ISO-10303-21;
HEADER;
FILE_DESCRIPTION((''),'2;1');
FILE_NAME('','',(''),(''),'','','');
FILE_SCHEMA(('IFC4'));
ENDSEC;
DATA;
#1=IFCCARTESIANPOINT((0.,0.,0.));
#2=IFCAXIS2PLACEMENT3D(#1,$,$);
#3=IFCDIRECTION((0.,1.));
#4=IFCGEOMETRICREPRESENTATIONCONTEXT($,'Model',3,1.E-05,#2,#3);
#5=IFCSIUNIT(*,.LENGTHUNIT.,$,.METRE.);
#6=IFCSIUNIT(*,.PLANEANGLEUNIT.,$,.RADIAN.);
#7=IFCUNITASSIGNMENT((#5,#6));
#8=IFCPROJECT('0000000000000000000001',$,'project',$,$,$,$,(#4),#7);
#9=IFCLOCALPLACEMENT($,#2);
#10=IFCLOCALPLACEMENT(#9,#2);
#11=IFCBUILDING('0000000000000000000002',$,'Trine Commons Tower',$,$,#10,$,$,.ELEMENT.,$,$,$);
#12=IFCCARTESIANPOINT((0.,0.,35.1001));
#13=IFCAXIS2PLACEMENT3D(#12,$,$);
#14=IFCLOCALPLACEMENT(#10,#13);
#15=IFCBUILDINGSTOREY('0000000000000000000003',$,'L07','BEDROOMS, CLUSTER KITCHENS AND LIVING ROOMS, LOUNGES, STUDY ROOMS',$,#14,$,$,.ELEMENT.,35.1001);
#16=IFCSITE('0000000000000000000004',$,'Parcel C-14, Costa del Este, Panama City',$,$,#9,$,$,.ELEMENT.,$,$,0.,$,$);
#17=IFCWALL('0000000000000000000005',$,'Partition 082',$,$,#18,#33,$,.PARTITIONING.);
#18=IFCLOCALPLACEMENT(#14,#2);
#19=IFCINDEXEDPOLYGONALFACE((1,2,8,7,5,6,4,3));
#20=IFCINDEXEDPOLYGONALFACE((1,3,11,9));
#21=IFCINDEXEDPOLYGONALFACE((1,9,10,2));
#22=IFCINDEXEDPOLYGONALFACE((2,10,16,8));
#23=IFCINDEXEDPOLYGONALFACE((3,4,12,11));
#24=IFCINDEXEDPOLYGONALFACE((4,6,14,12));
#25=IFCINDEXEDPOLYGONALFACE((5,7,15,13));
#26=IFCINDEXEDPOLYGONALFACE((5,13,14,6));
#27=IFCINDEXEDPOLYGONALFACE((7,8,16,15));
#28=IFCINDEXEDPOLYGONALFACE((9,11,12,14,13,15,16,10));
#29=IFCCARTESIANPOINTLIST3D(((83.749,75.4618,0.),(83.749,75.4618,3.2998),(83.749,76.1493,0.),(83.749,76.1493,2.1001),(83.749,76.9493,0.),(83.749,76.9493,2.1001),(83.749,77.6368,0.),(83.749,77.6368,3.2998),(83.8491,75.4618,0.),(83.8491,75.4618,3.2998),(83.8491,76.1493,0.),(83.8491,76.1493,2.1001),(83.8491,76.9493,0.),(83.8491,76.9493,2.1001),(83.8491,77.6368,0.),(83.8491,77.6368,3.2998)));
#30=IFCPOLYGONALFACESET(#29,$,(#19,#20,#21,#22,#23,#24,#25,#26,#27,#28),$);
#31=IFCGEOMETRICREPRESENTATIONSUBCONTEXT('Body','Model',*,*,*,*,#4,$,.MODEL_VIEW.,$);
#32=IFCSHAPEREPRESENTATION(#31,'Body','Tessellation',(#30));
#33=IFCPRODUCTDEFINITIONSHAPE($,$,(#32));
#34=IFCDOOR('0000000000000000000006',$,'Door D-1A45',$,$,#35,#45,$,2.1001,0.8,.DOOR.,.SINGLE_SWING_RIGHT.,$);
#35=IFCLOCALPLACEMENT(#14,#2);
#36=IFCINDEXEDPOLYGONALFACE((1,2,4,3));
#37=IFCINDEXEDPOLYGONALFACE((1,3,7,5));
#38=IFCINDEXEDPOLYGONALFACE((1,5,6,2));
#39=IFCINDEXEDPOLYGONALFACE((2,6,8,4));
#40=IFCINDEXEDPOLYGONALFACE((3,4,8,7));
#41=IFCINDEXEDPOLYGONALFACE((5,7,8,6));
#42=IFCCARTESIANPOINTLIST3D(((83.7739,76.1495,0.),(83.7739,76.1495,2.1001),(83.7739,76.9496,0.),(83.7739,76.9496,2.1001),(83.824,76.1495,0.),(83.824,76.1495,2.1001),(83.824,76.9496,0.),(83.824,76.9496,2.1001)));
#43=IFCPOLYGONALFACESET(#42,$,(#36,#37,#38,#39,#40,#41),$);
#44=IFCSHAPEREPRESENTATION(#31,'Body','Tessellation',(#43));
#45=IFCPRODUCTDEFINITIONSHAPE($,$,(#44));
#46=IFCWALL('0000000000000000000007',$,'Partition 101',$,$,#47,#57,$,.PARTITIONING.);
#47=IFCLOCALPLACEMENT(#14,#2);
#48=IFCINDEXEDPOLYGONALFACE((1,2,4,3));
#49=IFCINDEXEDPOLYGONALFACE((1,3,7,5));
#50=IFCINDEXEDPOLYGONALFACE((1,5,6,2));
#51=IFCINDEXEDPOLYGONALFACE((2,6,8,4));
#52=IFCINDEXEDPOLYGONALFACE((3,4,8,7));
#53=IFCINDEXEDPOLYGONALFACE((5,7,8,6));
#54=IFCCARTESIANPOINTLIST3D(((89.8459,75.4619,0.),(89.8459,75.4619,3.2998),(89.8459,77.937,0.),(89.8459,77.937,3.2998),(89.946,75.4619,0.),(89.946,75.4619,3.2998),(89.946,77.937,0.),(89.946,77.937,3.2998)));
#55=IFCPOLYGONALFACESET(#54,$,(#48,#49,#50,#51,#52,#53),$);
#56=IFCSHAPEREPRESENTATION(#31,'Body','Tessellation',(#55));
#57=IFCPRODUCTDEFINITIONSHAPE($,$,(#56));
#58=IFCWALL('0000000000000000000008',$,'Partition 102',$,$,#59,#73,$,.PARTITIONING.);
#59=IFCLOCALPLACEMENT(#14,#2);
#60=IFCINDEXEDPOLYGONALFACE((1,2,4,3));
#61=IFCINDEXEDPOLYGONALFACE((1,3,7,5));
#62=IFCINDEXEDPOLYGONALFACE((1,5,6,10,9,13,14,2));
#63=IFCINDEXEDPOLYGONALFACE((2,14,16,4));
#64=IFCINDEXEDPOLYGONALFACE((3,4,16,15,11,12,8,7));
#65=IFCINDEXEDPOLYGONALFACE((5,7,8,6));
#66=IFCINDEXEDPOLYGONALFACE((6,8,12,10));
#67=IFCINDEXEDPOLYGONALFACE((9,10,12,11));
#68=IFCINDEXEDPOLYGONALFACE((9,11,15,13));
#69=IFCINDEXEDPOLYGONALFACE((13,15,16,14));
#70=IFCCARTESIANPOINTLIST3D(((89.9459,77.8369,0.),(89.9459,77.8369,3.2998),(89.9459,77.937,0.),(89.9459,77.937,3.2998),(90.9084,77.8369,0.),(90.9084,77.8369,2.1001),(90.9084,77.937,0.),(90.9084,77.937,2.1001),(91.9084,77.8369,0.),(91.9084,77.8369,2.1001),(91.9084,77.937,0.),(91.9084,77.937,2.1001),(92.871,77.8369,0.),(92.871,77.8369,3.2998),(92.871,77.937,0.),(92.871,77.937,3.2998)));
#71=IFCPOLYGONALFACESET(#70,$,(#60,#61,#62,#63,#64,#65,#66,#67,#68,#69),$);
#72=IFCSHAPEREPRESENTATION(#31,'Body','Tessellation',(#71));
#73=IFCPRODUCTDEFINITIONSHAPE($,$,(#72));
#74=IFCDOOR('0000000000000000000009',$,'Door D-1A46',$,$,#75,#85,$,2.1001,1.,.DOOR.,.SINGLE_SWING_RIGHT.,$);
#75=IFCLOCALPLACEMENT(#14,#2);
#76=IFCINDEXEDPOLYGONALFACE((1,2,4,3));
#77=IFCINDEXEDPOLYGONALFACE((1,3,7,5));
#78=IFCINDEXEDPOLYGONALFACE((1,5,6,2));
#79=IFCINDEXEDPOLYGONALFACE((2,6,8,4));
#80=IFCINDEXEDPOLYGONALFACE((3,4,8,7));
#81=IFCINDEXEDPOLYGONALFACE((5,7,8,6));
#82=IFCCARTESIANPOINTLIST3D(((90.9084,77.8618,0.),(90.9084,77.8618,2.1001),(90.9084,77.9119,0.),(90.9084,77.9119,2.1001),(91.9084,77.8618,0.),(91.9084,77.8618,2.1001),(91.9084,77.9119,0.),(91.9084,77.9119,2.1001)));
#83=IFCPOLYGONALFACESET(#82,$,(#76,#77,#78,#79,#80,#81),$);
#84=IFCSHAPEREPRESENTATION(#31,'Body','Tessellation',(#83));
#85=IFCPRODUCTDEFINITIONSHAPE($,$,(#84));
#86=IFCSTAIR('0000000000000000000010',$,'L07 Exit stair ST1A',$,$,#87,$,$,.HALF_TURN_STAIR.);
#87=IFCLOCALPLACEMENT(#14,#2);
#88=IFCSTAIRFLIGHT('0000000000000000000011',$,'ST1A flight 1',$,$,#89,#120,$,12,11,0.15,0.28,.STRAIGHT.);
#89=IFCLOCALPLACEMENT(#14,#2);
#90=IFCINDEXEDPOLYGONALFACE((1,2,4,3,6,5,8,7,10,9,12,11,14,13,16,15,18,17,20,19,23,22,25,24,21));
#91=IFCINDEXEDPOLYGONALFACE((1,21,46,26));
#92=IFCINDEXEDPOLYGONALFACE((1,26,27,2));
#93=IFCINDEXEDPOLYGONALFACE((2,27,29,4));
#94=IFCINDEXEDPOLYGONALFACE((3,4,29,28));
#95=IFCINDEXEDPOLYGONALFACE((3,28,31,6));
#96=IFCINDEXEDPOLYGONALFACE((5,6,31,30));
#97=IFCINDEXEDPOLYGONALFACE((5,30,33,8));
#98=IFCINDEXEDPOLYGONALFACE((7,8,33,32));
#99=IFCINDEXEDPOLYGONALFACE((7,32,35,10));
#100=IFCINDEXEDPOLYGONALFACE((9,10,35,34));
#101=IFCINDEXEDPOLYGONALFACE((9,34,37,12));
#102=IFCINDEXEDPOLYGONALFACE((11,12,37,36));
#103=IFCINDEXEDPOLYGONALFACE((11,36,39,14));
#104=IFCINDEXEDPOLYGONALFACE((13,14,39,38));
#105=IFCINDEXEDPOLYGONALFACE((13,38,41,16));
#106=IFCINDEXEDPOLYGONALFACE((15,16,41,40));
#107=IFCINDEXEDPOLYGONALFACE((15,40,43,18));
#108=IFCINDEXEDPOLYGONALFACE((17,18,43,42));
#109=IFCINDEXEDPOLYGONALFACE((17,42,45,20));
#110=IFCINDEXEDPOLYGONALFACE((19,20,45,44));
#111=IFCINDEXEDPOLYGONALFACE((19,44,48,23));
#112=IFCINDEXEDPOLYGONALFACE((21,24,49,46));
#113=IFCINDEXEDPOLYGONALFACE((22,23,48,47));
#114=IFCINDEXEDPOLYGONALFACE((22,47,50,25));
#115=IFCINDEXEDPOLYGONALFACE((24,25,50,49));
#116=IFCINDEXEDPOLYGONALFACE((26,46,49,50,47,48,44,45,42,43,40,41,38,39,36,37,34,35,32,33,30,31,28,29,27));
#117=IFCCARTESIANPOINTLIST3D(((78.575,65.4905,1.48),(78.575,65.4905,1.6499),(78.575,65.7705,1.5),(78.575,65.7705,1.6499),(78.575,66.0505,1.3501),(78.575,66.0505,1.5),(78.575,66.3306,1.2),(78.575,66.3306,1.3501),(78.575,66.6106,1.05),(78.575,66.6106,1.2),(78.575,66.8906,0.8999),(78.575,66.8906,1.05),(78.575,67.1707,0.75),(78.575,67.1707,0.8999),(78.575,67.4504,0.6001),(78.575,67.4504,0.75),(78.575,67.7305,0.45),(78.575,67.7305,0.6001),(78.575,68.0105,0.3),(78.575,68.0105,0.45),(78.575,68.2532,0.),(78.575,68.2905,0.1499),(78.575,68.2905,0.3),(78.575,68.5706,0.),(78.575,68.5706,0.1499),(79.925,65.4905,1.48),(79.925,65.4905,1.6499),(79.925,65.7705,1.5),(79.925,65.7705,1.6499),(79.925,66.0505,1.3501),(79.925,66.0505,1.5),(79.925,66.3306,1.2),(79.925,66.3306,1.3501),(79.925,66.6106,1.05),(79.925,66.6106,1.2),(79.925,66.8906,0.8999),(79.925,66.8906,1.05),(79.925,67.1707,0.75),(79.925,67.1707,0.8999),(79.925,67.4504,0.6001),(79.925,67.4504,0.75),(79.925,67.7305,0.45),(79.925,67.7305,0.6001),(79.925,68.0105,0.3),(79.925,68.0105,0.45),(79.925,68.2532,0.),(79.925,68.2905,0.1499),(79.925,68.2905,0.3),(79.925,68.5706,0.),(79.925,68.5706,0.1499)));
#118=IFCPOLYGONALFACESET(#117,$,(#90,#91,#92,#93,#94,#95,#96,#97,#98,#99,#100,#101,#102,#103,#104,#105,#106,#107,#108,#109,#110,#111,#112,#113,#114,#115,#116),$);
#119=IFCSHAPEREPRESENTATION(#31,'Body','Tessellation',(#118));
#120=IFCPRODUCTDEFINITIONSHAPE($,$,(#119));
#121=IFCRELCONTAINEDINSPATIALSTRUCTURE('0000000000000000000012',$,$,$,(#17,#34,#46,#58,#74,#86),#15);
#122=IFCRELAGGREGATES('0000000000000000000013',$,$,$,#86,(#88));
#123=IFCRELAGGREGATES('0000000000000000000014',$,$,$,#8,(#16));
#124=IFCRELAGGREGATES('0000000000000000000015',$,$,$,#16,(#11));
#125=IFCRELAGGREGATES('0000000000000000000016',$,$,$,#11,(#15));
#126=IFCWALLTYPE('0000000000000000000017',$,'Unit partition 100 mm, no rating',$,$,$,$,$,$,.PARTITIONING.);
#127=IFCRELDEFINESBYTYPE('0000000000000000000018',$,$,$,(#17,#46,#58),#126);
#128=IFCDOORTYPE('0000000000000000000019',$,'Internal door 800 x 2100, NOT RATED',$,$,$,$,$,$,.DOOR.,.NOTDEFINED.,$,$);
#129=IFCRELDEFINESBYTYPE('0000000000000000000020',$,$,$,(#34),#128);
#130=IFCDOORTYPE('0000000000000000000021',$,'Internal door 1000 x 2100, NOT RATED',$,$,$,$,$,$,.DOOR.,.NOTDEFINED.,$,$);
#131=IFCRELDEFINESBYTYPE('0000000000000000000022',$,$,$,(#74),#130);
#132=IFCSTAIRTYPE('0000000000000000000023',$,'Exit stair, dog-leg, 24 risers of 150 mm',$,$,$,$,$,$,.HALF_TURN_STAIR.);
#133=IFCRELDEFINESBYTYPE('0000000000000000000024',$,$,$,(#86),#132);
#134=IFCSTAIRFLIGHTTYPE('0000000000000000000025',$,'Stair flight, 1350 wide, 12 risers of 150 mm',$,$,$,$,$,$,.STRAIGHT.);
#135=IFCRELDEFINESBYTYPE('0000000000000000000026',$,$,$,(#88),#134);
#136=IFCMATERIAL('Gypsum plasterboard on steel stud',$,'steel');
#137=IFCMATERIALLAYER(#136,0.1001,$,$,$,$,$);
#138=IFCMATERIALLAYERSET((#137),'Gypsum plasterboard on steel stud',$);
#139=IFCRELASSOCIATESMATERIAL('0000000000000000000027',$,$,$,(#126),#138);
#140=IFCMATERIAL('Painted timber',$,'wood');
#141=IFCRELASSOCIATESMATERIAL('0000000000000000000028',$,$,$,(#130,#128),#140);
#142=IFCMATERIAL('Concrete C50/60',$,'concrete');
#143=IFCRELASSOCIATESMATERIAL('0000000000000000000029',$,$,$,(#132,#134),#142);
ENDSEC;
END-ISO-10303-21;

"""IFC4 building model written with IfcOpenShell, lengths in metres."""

from ifc_helpers import new_model, si_unit, direction, frame, frame_2d, origin, place, context, subcontext, project, spatial, polyline, rectangle, outline, extrude, material, layer, layer_set, type_object, element, fill, aggregate, save


model = new_model("IFC4")

# Units and contexts
model_context = context("Model", 3, precision=1e-05, world=origin(), true_north=direction((0.0, 1.0)))
body_context = subcontext(model_context, "Body", "Model", "MODEL_VIEW")
ifc_project = project(units=[si_unit("LENGTHUNIT", "METRE"), si_unit("PLANEANGLEUNIT", "RADIAN")], contexts=[model_context])

# Site, building, storey
site_placement = place(None, origin())
site = spatial("IfcSite", under=ifc_project, at=site_placement, Name="Parcel C-14, Costa del Este, Panama City", CompositionType="ELEMENT", RefElevation=0.0)
building_placement = place(site_placement, origin())
building = spatial("IfcBuilding", under=site, at=building_placement, Name="Trine Commons Tower", CompositionType="ELEMENT")
storey_placement = place(building_placement, frame((0.0, 0.0, 35.1001)))
storey = spatial("IfcBuildingStorey", under=building, at=storey_placement, Name="L07", Description="BEDROOMS, CLUSTER KITCHENS AND LIVING ROOMS, LOUNGES, STUDY ROOMS", CompositionType="ELEMENT", Elevation=35.1001)

# Shared definitions
ifc_material_1 = material(Name="Concrete C50/60", Category="concrete")

# Shared definitions
ifc_material_2 = material(Name="Gypsum plasterboard on steel stud", Category="steel")

# Shared definitions
ifc_material_3 = material(Name="Painted timber", Category="wood")

# Shared definitions
ifc_layer_1 = layer(ifc_material_2, 0.1001)
ifc_layer_set_1 = layer_set([ifc_layer_1], Name="Gypsum plasterboard on steel stud")
wall_type_1 = type_object("IfcWallType", Name="Unit partition 100 mm, no rating", PredefinedType="PARTITIONING", material=ifc_layer_set_1)
door_type_1 = type_object("IfcDoorType", Name="Internal door 1000 x 2100, NOT RATED", OperationType="NOTDEFINED", PredefinedType="DOOR", material=ifc_material_3)

# Wall, opening, door
wall_1_placement = place(storey_placement, frame((83.7991, 75.4619, 0.0), z_axis=(0.0, 0.0, 1.0), x_axis=(0.0, 1.0, 0.0)))
wall_1 = element("IfcWall", 1, at=wall_1_placement, inside=storey, type_object=wall_type_1, Name="Partition 082", PredefinedType="PARTITIONING", context=body_context, shape_type="SweptSolid", body=[
    extrude(rectangle(XDim=2.175, YDim=0.1001, at=frame_2d((1.0874, 0.0))), origin(), (0.0, 0.0, 1.0), 3.2998),
])
opening_1_placement = place(wall_1_placement, frame((0.6875, 0.0, 0.0)))
opening_1 = element("IfcOpeningElement", 2, at=opening_1_placement, cuts=wall_1, PredefinedType="OPENING", context=body_context, shape_type="SweptSolid", body=[
    extrude(rectangle(XDim=0.8, YDim=2.1001, at=frame_2d((0.3999, 1.05))), frame((0.0, 0.0601, 0.0), z_axis=(0.0, -1.0, 0.0), x_axis=(1.0, 0.0, 0.0)), (0.0, 0.0, 1.0), 0.1201),
])
door_type_2 = type_object("IfcDoorType", Name="Internal door 800 x 2100, NOT RATED", OperationType="NOTDEFINED", PredefinedType="DOOR", material=ifc_material_3)
door_1_placement = place(opening_1_placement, frame((0.8, 0.0, 0.0), z_axis=(0.0, 0.0, 1.0), x_axis=(-1.0, 0.0, 0.0)))
door_1 = element("IfcDoor", 3, at=door_1_placement, inside=storey, type_object=door_type_2, Name="Door D-1A45", OperationType="SINGLE_SWING_RIGHT", OverallHeight=2.1001, OverallWidth=0.8, PredefinedType="DOOR", context=body_context, shape_type="SweptSolid", body=[
    extrude(rectangle(XDim=0.8, YDim=2.1001, at=frame_2d((0.3999, 1.05))), frame((0.0, 0.0249, 0.0), z_axis=(0.0, -1.0, 0.0), x_axis=(1.0, 0.0, 0.0)), (0.0, 0.0, 1.0), 0.05),
])
fill(opening_1, door_1)

# Wall
wall_2_placement = place(storey_placement, frame((89.896, 75.4619, 0.0), z_axis=(0.0, 0.0, 1.0), x_axis=(0.0, 1.0, 0.0)))
element("IfcWall", 4, at=wall_2_placement, inside=storey, type_object=wall_type_1, Name="Partition 101", PredefinedType="PARTITIONING", context=body_context, shape_type="SweptSolid", body=[
    extrude(rectangle(XDim=2.4751, YDim=0.1001, at=frame_2d((1.2375, 0.0))), origin(), (0.0, 0.0, 1.0), 3.2998),
])

# Wall, opening, door
wall_3_placement = place(storey_placement, frame((89.946, 77.887, 0.0), z_axis=(0.0, 0.0, 1.0), x_axis=(1.0, 0.0, 0.0)))
wall_3 = element("IfcWall", 5, at=wall_3_placement, inside=storey, type_object=wall_type_1, Name="Partition 102", PredefinedType="PARTITIONING", context=body_context, shape_type="SweptSolid", body=[
    extrude(rectangle(XDim=2.925, YDim=0.1001, at=frame_2d((1.4624, 0.0))), origin(), (0.0, 0.0, 1.0), 3.2998),
])
opening_2_placement = place(wall_3_placement, frame((0.9624, 0.0, 0.0)))
opening_2 = element("IfcOpeningElement", 6, at=opening_2_placement, cuts=wall_3, PredefinedType="OPENING", context=body_context, shape_type="SweptSolid", body=[
    extrude(rectangle(XDim=1.0, YDim=2.1001, at=frame_2d((0.5, 1.05))), frame((0.0, 0.0601, 0.0), z_axis=(0.0, -1.0, 0.0), x_axis=(1.0, 0.0, 0.0)), (0.0, 0.0, 1.0), 0.1201),
])
door_2_placement = place(opening_2_placement, origin())
door_2 = element("IfcDoor", 7, at=door_2_placement, inside=storey, type_object=door_type_1, Name="Door D-1A46", OperationType="SINGLE_SWING_RIGHT", OverallHeight=2.1001, OverallWidth=1.0, PredefinedType="DOOR", context=body_context, shape_type="SweptSolid", body=[
    extrude(rectangle(XDim=1.0, YDim=2.1001, at=frame_2d((0.5, 1.05))), frame((0.0, 0.0249, 0.0), z_axis=(0.0, -1.0, 0.0), x_axis=(1.0, 0.0, 0.0)), (0.0, 0.0, 1.0), 0.05),
])
fill(opening_2, door_2)

# Stair, stair flight
stair_type = type_object("IfcStairType", Name="Exit stair, dog-leg, 24 risers of 150 mm", PredefinedType="HALF_TURN_STAIR", material=ifc_material_1)
stair_placement = place(storey_placement, origin())
stair = element("IfcStair", 8, at=stair_placement, inside=storey, type_object=stair_type, Name="L07 Exit stair ST1A", PredefinedType="HALF_TURN_STAIR")
stair_flight_type = type_object("IfcStairFlightType", Name="Stair flight, 1350 wide, 12 risers of 150 mm", PredefinedType="STRAIGHT", material=ifc_material_1)
stair_flight_placement = place(storey_placement, frame((79.25, 68.5706, 0.0), z_axis=(0.0, 0.0, 1.0), x_axis=(0.0, -1.0, 0.0)))
stair_flight = element("IfcStairFlight", 9, at=stair_flight_placement, type_object=stair_flight_type, Name="ST1A flight 1", NumberOfRisers=12, NumberOfTreads=11, PredefinedType="STRAIGHT", RiserHeight=0.15, TreadLength=0.28, context=body_context, shape_type="SweptSolid", body=[
    extrude(outline(polyline([(0.0, 0.0), (0.0, 0.1499), (0.28, 0.1499), (0.28, 0.3), (0.5601, 0.3), (0.5601, 0.45), (0.8401, 0.45), (0.8401, 0.6001), (1.1201, 0.6001), (1.1201, 0.75), (1.3999, 0.75), (1.3999, 0.8999), (1.6799, 0.8999), (1.6799, 1.05), (1.96, 1.05), (1.96, 1.2), (2.24, 1.2), (2.24, 1.3501), (2.52, 1.3501), (2.52, 1.5), (2.8, 1.5), (2.8, 1.6499), (3.0801, 1.6499), (3.0801, 1.8), (3.0801, 1.48), (0.3174, 0.0), (0.0, 0.0)])), frame((0.0, 0.675, 0.0), z_axis=(0.0, -1.0, 0.0), x_axis=(1.0, 0.0, 0.0)), (0.0, 0.0, 1.0), 1.3501),
])
aggregate(stair, [stair_flight])

save(model, "model.ifc")
